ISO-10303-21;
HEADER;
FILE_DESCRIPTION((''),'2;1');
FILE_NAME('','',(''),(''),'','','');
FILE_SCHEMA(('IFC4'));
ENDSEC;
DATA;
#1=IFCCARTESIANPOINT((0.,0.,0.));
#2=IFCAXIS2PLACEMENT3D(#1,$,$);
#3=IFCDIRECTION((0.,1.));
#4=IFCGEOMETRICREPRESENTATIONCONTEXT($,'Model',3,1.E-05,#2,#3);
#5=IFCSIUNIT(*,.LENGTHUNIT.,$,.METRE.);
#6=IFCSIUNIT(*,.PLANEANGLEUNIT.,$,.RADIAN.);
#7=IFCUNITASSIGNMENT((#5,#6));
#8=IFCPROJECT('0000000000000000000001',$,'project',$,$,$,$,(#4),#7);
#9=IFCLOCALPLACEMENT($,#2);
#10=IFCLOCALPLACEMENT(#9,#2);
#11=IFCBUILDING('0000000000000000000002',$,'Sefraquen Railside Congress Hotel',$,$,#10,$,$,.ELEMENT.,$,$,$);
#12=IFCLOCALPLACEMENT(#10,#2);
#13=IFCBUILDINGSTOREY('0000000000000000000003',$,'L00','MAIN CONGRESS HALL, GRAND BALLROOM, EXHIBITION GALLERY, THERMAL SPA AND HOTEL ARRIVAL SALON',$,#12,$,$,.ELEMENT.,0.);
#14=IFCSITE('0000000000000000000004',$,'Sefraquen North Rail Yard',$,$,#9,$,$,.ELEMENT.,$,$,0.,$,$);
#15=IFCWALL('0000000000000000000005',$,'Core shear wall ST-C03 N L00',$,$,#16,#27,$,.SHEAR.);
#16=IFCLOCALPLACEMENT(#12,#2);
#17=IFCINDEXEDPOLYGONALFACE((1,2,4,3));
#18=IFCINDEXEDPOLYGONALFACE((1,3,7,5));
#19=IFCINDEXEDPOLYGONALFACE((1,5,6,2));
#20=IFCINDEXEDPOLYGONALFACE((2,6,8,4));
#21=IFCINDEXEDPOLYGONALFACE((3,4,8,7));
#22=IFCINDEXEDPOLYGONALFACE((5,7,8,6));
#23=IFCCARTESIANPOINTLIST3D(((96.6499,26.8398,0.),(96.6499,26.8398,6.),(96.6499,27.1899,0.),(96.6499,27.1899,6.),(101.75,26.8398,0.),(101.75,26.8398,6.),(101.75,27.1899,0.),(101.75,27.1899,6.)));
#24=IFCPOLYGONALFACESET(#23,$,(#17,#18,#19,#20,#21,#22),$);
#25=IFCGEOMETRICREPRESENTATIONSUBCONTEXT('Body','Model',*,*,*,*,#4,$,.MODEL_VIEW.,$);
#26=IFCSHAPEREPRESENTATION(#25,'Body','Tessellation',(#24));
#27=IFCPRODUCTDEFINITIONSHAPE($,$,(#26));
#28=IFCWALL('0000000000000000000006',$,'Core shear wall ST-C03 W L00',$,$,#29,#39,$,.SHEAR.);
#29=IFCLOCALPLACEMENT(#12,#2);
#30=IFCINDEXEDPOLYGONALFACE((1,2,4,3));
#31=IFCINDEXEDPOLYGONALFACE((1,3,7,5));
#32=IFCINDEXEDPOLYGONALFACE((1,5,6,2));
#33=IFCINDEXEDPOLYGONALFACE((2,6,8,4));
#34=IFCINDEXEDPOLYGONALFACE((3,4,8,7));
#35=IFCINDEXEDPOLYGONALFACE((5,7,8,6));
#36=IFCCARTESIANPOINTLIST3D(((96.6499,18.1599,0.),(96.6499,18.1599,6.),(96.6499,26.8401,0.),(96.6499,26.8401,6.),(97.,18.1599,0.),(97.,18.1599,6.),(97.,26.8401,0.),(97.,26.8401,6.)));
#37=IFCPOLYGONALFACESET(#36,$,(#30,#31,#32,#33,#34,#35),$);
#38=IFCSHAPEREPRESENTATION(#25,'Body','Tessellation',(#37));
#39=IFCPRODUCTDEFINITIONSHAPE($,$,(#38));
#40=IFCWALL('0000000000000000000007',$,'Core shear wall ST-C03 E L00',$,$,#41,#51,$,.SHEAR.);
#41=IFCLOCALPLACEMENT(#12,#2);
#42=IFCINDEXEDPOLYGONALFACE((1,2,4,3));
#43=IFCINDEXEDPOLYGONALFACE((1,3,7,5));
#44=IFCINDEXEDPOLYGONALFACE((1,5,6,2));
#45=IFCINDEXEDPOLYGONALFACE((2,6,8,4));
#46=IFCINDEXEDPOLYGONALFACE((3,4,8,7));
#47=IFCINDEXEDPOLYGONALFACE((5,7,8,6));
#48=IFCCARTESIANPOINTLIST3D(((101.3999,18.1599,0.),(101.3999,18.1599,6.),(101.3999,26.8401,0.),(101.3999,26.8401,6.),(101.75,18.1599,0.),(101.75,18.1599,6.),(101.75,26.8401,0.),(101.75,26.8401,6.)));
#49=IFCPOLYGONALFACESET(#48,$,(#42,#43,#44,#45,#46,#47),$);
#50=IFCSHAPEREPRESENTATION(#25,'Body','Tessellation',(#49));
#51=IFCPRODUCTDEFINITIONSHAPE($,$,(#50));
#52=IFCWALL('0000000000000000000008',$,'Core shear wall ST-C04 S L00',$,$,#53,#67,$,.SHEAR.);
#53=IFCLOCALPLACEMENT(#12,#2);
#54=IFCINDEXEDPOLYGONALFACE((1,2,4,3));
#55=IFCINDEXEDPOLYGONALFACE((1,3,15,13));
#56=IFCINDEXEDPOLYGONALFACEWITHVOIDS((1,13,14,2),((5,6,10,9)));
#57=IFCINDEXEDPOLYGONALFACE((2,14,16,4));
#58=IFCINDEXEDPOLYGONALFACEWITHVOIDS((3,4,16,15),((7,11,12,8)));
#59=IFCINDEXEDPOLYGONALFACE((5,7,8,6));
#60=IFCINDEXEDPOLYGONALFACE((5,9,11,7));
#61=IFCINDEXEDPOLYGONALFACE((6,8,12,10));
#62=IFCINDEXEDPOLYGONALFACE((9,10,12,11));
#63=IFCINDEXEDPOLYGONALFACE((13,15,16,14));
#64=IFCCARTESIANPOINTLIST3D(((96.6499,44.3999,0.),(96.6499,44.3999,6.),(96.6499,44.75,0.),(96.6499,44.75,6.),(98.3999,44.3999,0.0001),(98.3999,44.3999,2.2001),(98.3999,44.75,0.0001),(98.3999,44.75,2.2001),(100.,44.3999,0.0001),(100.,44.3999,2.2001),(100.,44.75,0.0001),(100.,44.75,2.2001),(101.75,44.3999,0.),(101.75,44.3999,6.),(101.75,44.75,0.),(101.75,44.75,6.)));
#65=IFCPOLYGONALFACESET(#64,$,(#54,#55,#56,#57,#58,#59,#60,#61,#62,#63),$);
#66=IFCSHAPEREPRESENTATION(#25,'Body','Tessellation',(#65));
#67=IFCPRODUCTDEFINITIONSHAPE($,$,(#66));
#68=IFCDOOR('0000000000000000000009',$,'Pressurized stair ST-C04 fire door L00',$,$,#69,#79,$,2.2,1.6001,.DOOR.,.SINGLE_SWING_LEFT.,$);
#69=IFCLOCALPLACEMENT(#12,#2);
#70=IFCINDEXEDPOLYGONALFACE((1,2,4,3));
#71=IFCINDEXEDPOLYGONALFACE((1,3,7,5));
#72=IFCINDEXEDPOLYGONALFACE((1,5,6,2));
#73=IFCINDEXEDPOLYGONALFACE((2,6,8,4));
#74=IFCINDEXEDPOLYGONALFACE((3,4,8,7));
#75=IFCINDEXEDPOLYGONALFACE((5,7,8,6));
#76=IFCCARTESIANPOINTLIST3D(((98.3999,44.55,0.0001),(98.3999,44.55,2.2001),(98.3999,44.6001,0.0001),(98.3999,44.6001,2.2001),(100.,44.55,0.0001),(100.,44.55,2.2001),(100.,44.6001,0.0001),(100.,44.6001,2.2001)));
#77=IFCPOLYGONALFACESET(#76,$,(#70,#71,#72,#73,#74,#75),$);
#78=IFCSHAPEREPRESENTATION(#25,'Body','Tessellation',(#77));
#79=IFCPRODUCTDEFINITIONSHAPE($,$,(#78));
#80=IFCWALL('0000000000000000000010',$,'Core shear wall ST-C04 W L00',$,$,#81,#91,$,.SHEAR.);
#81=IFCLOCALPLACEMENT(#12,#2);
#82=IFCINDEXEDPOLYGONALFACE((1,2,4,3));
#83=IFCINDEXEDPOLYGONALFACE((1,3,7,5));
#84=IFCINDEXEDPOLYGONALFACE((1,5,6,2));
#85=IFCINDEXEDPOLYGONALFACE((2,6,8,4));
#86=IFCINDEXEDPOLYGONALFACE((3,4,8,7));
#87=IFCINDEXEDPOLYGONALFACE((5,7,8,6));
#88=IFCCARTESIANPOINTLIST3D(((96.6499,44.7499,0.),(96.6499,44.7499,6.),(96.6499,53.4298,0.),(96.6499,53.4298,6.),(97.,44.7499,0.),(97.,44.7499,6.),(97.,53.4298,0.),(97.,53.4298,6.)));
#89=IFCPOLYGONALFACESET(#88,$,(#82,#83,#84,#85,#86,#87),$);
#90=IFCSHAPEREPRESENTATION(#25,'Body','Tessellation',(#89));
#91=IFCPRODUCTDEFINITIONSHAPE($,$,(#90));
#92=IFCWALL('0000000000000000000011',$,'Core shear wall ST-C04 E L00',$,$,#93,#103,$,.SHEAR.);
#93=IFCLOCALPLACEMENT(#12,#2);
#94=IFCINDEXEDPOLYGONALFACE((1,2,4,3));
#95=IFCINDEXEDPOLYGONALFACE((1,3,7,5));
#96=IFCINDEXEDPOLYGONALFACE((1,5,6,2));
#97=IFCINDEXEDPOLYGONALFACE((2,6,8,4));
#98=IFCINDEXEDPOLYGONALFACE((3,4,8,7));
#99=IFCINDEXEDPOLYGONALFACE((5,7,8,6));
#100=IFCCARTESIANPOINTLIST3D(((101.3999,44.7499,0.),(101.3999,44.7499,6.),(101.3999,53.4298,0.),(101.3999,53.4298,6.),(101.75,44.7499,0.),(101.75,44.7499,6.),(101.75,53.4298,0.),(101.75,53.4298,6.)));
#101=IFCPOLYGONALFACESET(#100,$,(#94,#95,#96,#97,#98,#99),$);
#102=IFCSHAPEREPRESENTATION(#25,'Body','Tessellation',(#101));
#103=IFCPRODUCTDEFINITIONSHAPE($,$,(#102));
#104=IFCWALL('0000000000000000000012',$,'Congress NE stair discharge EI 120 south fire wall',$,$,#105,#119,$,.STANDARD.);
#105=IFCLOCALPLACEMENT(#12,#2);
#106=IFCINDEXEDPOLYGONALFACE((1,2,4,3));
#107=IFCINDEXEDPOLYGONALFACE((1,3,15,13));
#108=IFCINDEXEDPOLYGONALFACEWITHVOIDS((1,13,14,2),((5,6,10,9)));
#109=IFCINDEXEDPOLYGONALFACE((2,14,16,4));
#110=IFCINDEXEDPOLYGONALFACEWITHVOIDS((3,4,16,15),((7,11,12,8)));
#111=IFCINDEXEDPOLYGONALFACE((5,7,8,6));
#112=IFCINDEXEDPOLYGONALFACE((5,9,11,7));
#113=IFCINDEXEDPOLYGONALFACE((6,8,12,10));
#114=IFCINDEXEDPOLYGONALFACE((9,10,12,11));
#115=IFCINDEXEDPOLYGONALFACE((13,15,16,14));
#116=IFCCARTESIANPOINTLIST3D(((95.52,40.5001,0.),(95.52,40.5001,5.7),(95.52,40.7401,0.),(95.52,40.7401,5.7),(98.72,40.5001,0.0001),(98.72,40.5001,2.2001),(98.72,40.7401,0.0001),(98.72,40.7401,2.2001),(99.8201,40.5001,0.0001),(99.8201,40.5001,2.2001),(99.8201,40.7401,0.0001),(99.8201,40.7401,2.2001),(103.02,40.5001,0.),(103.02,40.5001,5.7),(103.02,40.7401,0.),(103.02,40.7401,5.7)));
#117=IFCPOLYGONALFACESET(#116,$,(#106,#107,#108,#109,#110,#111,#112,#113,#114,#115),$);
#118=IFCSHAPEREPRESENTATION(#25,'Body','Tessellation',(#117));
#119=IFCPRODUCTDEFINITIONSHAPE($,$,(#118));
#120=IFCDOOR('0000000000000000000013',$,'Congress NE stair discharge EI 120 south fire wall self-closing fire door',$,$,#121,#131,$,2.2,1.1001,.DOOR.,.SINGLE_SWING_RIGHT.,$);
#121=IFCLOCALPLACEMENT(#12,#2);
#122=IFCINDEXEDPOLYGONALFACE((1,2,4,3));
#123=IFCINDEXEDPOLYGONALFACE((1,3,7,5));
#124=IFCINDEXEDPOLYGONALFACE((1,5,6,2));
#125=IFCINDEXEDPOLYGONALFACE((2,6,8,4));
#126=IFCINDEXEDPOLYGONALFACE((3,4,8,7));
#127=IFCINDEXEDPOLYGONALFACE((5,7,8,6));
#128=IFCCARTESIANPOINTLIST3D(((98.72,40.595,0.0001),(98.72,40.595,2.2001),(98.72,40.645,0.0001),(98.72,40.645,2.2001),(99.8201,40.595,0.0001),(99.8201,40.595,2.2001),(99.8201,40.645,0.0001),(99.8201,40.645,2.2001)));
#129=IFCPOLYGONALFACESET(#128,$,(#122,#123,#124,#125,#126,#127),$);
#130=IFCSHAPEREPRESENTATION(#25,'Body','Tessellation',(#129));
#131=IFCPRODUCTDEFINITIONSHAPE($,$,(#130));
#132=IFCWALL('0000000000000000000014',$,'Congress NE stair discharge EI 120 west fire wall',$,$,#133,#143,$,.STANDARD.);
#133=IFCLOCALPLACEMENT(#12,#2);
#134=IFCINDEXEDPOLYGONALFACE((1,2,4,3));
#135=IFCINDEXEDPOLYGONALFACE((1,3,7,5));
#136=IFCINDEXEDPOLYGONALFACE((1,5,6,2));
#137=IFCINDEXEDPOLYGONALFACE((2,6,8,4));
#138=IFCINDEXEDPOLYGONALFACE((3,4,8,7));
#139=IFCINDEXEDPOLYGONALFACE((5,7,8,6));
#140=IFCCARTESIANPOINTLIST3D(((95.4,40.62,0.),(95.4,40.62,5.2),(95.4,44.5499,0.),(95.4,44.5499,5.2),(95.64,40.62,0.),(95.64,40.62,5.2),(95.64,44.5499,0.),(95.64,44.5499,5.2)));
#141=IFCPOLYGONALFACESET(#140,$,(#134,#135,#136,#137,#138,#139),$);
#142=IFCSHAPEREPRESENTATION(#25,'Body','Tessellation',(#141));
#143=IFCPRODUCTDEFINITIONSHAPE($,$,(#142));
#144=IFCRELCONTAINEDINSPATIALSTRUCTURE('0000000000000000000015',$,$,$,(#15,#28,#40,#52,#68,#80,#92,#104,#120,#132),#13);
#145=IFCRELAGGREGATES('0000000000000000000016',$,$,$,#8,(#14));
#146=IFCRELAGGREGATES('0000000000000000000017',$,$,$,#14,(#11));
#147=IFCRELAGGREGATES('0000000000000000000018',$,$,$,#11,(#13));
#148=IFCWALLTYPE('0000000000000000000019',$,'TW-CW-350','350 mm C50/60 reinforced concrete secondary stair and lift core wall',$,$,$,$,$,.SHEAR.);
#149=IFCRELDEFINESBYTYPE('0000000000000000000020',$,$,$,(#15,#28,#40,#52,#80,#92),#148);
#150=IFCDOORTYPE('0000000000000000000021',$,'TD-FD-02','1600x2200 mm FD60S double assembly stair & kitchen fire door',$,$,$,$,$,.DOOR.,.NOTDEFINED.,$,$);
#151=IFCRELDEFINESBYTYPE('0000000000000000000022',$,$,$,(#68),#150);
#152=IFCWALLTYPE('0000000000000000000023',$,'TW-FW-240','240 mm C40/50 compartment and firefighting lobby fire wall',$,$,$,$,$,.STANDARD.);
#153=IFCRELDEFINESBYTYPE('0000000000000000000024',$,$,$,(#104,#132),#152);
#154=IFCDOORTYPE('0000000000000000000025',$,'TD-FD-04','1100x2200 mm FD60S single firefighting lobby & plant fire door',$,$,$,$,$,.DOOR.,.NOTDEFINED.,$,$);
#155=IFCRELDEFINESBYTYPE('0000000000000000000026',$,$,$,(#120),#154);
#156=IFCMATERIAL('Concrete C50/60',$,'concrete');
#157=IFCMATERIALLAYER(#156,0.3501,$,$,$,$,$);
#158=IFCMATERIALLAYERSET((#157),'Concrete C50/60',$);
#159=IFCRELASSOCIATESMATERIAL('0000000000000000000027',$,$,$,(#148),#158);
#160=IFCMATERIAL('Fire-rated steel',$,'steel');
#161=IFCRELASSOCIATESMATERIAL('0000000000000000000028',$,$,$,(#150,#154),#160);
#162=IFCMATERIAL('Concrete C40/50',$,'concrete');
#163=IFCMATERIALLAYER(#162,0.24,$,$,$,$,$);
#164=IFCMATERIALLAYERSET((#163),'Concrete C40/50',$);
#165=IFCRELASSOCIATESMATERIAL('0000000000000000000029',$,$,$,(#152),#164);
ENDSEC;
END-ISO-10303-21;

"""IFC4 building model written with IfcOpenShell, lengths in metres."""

from ifc_helpers import new_model, si_unit, direction, frame, frame_2d, origin, place, context, subcontext, project, spatial, rectangle, extrude, material, layer, layer_set, type_object, element, fill, save


model = new_model("IFC4")

# Units and contexts
model_context = context("Model", 3, precision=1e-05, world=origin(), true_north=direction((0.0, 1.0)))
body_context = subcontext(model_context, "Body", "Model", "MODEL_VIEW")
ifc_project = project(units=[si_unit("LENGTHUNIT", "METRE"), si_unit("PLANEANGLEUNIT", "RADIAN")], contexts=[model_context])

# Site, building, storey
site_placement = place(None, origin())
site = spatial("IfcSite", under=ifc_project, at=site_placement, Name="Sefraquen North Rail Yard", CompositionType="ELEMENT", RefElevation=0.0)
building_placement = place(site_placement, origin())
building = spatial("IfcBuilding", under=site, at=building_placement, Name="Sefraquen Railside Congress Hotel", CompositionType="ELEMENT")
storey_placement = place(building_placement, origin())
storey = spatial("IfcBuildingStorey", under=building, at=storey_placement, Name="L00", Description="MAIN CONGRESS HALL, GRAND BALLROOM, EXHIBITION GALLERY, THERMAL SPA AND HOTEL ARRIVAL SALON", CompositionType="ELEMENT", Elevation=0.0)

# Walls
ifc_material_1 = material(Name="Concrete C50/60", Category="concrete")
ifc_layer_1 = layer(ifc_material_1, 0.3501)
ifc_layer_set_1 = layer_set([ifc_layer_1], Name="Concrete C50/60")
wall_type_1 = type_object("IfcWallType", Name="TW-CW-350", Description="350 mm C50/60 reinforced concrete secondary stair and lift core wall", PredefinedType="SHEAR", material=ifc_layer_set_1)
wall_1_placement = place(storey_placement, frame((96.6499, 27.0149, 0.0), z_axis=(0.0, 0.0, 1.0), x_axis=(1.0, 0.0, 0.0)))
element("IfcWall", 1, at=wall_1_placement, inside=storey, type_object=wall_type_1, Name="Core shear wall ST-C03 N L00", PredefinedType="SHEAR", context=body_context, shape_type="SweptSolid", body=[
    extrude(rectangle(XDim=5.1001, YDim=0.3501, at=frame_2d((2.55, 0.0))), origin(), (0.0, 0.0, 1.0), 6.0),
])
for number, where, z_axis, x_axis, name in (
    (2, (96.825, 18.1599, 0.0), (0.0, 0.0, 1.0), (0.0, 1.0, 0.0), "Core shear wall ST-C03 W L00"),
    (3, (101.575, 18.1599, 0.0), (0.0, 0.0, 1.0), (0.0, 1.0, 0.0), "Core shear wall ST-C03 E L00"),
):
    element("IfcWall", number, at=place(storey_placement, frame(where, z_axis=z_axis, x_axis=x_axis)), inside=storey, type_object=wall_type_1, Name=name, PredefinedType="SHEAR", context=body_context, shape_type="SweptSolid", body=[
        extrude(rectangle(XDim=8.6802, YDim=0.3501, at=frame_2d((4.3401, 0.0))), origin(), (0.0, 0.0, 1.0), 6.0),
    ])

# Wall, opening, door
wall_2_placement = place(storey_placement, frame((96.6499, 44.575, 0.0), z_axis=(0.0, 0.0, 1.0), x_axis=(1.0, 0.0, 0.0)))
wall_2 = element("IfcWall", 4, at=wall_2_placement, inside=storey, type_object=wall_type_1, Name="Core shear wall ST-C04 S L00", PredefinedType="SHEAR", context=body_context, shape_type="SweptSolid", body=[
    extrude(rectangle(XDim=5.1001, YDim=0.3501, at=frame_2d((2.55, 0.0))), origin(), (0.0, 0.0, 1.0), 6.0),
])
opening_1_placement = place(wall_2_placement, frame((1.75, 0.0, 0.0)))
opening_1 = element("IfcOpeningElement", 5, at=opening_1_placement, cuts=wall_2, PredefinedType="OPENING", context=body_context, shape_type="SweptSolid", body=[
    extrude(rectangle(XDim=1.6001, YDim=2.2, at=frame_2d((0.8, 1.1001))), frame((0.0, 0.1851, 0.0), z_axis=(0.0, -1.0, 0.0), x_axis=(1.0, 0.0, 0.0)), (0.0, 0.0, 1.0), 0.3701),
])
ifc_material_2 = material(Name="Fire-rated steel", Category="steel")
door_type_1 = type_object("IfcDoorType", Name="TD-FD-02", Description="1600x2200 mm FD60S double assembly stair & kitchen fire door", OperationType="NOTDEFINED", PredefinedType="DOOR", material=ifc_material_2)
door_1_placement = place(opening_1_placement, frame((1.6001, 0.0, 0.0), z_axis=(0.0, 0.0, 1.0), x_axis=(-1.0, 0.0, 0.0)))
door_1 = element("IfcDoor", 6, at=door_1_placement, inside=storey, type_object=door_type_1, Name="Pressurized stair ST-C04 fire door L00", OperationType="SINGLE_SWING_LEFT", OverallHeight=2.2, OverallWidth=1.6001, PredefinedType="DOOR", context=body_context, shape_type="SweptSolid", body=[
    extrude(rectangle(XDim=1.6001, YDim=2.2, at=frame_2d((0.8, 1.1001))), frame((0.0, 0.0249, 0.0), z_axis=(0.0, -1.0, 0.0), x_axis=(1.0, 0.0, 0.0)), (0.0, 0.0, 1.0), 0.05),
])
fill(opening_1, door_1)

# Walls
for number, where, z_axis, x_axis, name in (
    (7, (96.825, 44.75, 0.0), (0.0, 0.0, 1.0), (0.0, 1.0, 0.0), "Core shear wall ST-C04 W L00"),
    (8, (101.575, 44.75, 0.0), (0.0, 0.0, 1.0), (0.0, 1.0, 0.0), "Core shear wall ST-C04 E L00"),
):
    element("IfcWall", number, at=place(storey_placement, frame(where, z_axis=z_axis, x_axis=x_axis)), inside=storey, type_object=wall_type_1, Name=name, PredefinedType="SHEAR", context=body_context, shape_type="SweptSolid", body=[
        extrude(rectangle(XDim=8.6799, YDim=0.3501, at=frame_2d((4.3398, 0.0))), origin(), (0.0, 0.0, 1.0), 6.0),
    ])

# Wall, opening, door
ifc_material_3 = material(Name="Concrete C40/50", Category="concrete")
ifc_layer_2 = layer(ifc_material_3, 0.24)
ifc_layer_set_2 = layer_set([ifc_layer_2], Name="Concrete C40/50")
wall_type_2 = type_object("IfcWallType", Name="TW-FW-240", Description="240 mm C40/50 compartment and firefighting lobby fire wall", PredefinedType="STANDARD", material=ifc_layer_set_2)
wall_3_placement = place(storey_placement, frame((95.52, 40.6201, 0.0), z_axis=(0.0, 0.0, 1.0), x_axis=(1.0, 0.0, 0.0)))
wall_3 = element("IfcWall", 9, at=wall_3_placement, inside=storey, type_object=wall_type_2, Name="Congress NE stair discharge EI 120 south fire wall", PredefinedType="STANDARD", context=body_context, shape_type="SweptSolid", body=[
    extrude(rectangle(XDim=7.5, YDim=0.24, at=frame_2d((3.75, 0.0))), origin(), (0.0, 0.0, 1.0), 5.7),
])
opening_2_placement = place(wall_3_placement, frame((3.2, 0.0, 0.0)))
opening_2 = element("IfcOpeningElement", 10, at=opening_2_placement, cuts=wall_3, PredefinedType="OPENING", context=body_context, shape_type="SweptSolid", body=[
    extrude(rectangle(XDim=1.1001, YDim=2.2, at=frame_2d((0.55, 1.1001))), frame((0.0, 0.1299, 0.0), z_axis=(0.0, -1.0, 0.0), x_axis=(1.0, 0.0, 0.0)), (0.0, 0.0, 1.0), 0.26),
])
door_type_2 = type_object("IfcDoorType", Name="TD-FD-04", Description="1100x2200 mm FD60S single firefighting lobby & plant fire door", OperationType="NOTDEFINED", PredefinedType="DOOR", material=ifc_material_2)
door_2_placement = place(opening_2_placement, origin())
door_2 = element("IfcDoor", 11, at=door_2_placement, inside=storey, type_object=door_type_2, Name="Congress NE stair discharge EI 120 south fire wall self-closing fire door", OperationType="SINGLE_SWING_RIGHT", OverallHeight=2.2, OverallWidth=1.1001, PredefinedType="DOOR", context=body_context, shape_type="SweptSolid", body=[
    extrude(rectangle(XDim=1.1001, YDim=2.2, at=frame_2d((0.55, 1.1001))), frame((0.0, 0.0249, 0.0), z_axis=(0.0, -1.0, 0.0), x_axis=(1.0, 0.0, 0.0)), (0.0, 0.0, 1.0), 0.05),
])
fill(opening_2, door_2)

# Wall
wall_4_placement = place(storey_placement, frame((95.52, 40.6201, 0.0), z_axis=(0.0, 0.0, 1.0), x_axis=(0.0, 1.0, 0.0)))
element("IfcWall", 12, at=wall_4_placement, inside=storey, type_object=wall_type_2, Name="Congress NE stair discharge EI 120 west fire wall", PredefinedType="STANDARD", context=body_context, shape_type="SweptSolid", body=[
    extrude(rectangle(XDim=3.9299, YDim=0.24, at=frame_2d((1.9648, 0.0))), origin(), (0.0, 0.0, 1.0), 5.2),
])

save(model, "model.ifc")
